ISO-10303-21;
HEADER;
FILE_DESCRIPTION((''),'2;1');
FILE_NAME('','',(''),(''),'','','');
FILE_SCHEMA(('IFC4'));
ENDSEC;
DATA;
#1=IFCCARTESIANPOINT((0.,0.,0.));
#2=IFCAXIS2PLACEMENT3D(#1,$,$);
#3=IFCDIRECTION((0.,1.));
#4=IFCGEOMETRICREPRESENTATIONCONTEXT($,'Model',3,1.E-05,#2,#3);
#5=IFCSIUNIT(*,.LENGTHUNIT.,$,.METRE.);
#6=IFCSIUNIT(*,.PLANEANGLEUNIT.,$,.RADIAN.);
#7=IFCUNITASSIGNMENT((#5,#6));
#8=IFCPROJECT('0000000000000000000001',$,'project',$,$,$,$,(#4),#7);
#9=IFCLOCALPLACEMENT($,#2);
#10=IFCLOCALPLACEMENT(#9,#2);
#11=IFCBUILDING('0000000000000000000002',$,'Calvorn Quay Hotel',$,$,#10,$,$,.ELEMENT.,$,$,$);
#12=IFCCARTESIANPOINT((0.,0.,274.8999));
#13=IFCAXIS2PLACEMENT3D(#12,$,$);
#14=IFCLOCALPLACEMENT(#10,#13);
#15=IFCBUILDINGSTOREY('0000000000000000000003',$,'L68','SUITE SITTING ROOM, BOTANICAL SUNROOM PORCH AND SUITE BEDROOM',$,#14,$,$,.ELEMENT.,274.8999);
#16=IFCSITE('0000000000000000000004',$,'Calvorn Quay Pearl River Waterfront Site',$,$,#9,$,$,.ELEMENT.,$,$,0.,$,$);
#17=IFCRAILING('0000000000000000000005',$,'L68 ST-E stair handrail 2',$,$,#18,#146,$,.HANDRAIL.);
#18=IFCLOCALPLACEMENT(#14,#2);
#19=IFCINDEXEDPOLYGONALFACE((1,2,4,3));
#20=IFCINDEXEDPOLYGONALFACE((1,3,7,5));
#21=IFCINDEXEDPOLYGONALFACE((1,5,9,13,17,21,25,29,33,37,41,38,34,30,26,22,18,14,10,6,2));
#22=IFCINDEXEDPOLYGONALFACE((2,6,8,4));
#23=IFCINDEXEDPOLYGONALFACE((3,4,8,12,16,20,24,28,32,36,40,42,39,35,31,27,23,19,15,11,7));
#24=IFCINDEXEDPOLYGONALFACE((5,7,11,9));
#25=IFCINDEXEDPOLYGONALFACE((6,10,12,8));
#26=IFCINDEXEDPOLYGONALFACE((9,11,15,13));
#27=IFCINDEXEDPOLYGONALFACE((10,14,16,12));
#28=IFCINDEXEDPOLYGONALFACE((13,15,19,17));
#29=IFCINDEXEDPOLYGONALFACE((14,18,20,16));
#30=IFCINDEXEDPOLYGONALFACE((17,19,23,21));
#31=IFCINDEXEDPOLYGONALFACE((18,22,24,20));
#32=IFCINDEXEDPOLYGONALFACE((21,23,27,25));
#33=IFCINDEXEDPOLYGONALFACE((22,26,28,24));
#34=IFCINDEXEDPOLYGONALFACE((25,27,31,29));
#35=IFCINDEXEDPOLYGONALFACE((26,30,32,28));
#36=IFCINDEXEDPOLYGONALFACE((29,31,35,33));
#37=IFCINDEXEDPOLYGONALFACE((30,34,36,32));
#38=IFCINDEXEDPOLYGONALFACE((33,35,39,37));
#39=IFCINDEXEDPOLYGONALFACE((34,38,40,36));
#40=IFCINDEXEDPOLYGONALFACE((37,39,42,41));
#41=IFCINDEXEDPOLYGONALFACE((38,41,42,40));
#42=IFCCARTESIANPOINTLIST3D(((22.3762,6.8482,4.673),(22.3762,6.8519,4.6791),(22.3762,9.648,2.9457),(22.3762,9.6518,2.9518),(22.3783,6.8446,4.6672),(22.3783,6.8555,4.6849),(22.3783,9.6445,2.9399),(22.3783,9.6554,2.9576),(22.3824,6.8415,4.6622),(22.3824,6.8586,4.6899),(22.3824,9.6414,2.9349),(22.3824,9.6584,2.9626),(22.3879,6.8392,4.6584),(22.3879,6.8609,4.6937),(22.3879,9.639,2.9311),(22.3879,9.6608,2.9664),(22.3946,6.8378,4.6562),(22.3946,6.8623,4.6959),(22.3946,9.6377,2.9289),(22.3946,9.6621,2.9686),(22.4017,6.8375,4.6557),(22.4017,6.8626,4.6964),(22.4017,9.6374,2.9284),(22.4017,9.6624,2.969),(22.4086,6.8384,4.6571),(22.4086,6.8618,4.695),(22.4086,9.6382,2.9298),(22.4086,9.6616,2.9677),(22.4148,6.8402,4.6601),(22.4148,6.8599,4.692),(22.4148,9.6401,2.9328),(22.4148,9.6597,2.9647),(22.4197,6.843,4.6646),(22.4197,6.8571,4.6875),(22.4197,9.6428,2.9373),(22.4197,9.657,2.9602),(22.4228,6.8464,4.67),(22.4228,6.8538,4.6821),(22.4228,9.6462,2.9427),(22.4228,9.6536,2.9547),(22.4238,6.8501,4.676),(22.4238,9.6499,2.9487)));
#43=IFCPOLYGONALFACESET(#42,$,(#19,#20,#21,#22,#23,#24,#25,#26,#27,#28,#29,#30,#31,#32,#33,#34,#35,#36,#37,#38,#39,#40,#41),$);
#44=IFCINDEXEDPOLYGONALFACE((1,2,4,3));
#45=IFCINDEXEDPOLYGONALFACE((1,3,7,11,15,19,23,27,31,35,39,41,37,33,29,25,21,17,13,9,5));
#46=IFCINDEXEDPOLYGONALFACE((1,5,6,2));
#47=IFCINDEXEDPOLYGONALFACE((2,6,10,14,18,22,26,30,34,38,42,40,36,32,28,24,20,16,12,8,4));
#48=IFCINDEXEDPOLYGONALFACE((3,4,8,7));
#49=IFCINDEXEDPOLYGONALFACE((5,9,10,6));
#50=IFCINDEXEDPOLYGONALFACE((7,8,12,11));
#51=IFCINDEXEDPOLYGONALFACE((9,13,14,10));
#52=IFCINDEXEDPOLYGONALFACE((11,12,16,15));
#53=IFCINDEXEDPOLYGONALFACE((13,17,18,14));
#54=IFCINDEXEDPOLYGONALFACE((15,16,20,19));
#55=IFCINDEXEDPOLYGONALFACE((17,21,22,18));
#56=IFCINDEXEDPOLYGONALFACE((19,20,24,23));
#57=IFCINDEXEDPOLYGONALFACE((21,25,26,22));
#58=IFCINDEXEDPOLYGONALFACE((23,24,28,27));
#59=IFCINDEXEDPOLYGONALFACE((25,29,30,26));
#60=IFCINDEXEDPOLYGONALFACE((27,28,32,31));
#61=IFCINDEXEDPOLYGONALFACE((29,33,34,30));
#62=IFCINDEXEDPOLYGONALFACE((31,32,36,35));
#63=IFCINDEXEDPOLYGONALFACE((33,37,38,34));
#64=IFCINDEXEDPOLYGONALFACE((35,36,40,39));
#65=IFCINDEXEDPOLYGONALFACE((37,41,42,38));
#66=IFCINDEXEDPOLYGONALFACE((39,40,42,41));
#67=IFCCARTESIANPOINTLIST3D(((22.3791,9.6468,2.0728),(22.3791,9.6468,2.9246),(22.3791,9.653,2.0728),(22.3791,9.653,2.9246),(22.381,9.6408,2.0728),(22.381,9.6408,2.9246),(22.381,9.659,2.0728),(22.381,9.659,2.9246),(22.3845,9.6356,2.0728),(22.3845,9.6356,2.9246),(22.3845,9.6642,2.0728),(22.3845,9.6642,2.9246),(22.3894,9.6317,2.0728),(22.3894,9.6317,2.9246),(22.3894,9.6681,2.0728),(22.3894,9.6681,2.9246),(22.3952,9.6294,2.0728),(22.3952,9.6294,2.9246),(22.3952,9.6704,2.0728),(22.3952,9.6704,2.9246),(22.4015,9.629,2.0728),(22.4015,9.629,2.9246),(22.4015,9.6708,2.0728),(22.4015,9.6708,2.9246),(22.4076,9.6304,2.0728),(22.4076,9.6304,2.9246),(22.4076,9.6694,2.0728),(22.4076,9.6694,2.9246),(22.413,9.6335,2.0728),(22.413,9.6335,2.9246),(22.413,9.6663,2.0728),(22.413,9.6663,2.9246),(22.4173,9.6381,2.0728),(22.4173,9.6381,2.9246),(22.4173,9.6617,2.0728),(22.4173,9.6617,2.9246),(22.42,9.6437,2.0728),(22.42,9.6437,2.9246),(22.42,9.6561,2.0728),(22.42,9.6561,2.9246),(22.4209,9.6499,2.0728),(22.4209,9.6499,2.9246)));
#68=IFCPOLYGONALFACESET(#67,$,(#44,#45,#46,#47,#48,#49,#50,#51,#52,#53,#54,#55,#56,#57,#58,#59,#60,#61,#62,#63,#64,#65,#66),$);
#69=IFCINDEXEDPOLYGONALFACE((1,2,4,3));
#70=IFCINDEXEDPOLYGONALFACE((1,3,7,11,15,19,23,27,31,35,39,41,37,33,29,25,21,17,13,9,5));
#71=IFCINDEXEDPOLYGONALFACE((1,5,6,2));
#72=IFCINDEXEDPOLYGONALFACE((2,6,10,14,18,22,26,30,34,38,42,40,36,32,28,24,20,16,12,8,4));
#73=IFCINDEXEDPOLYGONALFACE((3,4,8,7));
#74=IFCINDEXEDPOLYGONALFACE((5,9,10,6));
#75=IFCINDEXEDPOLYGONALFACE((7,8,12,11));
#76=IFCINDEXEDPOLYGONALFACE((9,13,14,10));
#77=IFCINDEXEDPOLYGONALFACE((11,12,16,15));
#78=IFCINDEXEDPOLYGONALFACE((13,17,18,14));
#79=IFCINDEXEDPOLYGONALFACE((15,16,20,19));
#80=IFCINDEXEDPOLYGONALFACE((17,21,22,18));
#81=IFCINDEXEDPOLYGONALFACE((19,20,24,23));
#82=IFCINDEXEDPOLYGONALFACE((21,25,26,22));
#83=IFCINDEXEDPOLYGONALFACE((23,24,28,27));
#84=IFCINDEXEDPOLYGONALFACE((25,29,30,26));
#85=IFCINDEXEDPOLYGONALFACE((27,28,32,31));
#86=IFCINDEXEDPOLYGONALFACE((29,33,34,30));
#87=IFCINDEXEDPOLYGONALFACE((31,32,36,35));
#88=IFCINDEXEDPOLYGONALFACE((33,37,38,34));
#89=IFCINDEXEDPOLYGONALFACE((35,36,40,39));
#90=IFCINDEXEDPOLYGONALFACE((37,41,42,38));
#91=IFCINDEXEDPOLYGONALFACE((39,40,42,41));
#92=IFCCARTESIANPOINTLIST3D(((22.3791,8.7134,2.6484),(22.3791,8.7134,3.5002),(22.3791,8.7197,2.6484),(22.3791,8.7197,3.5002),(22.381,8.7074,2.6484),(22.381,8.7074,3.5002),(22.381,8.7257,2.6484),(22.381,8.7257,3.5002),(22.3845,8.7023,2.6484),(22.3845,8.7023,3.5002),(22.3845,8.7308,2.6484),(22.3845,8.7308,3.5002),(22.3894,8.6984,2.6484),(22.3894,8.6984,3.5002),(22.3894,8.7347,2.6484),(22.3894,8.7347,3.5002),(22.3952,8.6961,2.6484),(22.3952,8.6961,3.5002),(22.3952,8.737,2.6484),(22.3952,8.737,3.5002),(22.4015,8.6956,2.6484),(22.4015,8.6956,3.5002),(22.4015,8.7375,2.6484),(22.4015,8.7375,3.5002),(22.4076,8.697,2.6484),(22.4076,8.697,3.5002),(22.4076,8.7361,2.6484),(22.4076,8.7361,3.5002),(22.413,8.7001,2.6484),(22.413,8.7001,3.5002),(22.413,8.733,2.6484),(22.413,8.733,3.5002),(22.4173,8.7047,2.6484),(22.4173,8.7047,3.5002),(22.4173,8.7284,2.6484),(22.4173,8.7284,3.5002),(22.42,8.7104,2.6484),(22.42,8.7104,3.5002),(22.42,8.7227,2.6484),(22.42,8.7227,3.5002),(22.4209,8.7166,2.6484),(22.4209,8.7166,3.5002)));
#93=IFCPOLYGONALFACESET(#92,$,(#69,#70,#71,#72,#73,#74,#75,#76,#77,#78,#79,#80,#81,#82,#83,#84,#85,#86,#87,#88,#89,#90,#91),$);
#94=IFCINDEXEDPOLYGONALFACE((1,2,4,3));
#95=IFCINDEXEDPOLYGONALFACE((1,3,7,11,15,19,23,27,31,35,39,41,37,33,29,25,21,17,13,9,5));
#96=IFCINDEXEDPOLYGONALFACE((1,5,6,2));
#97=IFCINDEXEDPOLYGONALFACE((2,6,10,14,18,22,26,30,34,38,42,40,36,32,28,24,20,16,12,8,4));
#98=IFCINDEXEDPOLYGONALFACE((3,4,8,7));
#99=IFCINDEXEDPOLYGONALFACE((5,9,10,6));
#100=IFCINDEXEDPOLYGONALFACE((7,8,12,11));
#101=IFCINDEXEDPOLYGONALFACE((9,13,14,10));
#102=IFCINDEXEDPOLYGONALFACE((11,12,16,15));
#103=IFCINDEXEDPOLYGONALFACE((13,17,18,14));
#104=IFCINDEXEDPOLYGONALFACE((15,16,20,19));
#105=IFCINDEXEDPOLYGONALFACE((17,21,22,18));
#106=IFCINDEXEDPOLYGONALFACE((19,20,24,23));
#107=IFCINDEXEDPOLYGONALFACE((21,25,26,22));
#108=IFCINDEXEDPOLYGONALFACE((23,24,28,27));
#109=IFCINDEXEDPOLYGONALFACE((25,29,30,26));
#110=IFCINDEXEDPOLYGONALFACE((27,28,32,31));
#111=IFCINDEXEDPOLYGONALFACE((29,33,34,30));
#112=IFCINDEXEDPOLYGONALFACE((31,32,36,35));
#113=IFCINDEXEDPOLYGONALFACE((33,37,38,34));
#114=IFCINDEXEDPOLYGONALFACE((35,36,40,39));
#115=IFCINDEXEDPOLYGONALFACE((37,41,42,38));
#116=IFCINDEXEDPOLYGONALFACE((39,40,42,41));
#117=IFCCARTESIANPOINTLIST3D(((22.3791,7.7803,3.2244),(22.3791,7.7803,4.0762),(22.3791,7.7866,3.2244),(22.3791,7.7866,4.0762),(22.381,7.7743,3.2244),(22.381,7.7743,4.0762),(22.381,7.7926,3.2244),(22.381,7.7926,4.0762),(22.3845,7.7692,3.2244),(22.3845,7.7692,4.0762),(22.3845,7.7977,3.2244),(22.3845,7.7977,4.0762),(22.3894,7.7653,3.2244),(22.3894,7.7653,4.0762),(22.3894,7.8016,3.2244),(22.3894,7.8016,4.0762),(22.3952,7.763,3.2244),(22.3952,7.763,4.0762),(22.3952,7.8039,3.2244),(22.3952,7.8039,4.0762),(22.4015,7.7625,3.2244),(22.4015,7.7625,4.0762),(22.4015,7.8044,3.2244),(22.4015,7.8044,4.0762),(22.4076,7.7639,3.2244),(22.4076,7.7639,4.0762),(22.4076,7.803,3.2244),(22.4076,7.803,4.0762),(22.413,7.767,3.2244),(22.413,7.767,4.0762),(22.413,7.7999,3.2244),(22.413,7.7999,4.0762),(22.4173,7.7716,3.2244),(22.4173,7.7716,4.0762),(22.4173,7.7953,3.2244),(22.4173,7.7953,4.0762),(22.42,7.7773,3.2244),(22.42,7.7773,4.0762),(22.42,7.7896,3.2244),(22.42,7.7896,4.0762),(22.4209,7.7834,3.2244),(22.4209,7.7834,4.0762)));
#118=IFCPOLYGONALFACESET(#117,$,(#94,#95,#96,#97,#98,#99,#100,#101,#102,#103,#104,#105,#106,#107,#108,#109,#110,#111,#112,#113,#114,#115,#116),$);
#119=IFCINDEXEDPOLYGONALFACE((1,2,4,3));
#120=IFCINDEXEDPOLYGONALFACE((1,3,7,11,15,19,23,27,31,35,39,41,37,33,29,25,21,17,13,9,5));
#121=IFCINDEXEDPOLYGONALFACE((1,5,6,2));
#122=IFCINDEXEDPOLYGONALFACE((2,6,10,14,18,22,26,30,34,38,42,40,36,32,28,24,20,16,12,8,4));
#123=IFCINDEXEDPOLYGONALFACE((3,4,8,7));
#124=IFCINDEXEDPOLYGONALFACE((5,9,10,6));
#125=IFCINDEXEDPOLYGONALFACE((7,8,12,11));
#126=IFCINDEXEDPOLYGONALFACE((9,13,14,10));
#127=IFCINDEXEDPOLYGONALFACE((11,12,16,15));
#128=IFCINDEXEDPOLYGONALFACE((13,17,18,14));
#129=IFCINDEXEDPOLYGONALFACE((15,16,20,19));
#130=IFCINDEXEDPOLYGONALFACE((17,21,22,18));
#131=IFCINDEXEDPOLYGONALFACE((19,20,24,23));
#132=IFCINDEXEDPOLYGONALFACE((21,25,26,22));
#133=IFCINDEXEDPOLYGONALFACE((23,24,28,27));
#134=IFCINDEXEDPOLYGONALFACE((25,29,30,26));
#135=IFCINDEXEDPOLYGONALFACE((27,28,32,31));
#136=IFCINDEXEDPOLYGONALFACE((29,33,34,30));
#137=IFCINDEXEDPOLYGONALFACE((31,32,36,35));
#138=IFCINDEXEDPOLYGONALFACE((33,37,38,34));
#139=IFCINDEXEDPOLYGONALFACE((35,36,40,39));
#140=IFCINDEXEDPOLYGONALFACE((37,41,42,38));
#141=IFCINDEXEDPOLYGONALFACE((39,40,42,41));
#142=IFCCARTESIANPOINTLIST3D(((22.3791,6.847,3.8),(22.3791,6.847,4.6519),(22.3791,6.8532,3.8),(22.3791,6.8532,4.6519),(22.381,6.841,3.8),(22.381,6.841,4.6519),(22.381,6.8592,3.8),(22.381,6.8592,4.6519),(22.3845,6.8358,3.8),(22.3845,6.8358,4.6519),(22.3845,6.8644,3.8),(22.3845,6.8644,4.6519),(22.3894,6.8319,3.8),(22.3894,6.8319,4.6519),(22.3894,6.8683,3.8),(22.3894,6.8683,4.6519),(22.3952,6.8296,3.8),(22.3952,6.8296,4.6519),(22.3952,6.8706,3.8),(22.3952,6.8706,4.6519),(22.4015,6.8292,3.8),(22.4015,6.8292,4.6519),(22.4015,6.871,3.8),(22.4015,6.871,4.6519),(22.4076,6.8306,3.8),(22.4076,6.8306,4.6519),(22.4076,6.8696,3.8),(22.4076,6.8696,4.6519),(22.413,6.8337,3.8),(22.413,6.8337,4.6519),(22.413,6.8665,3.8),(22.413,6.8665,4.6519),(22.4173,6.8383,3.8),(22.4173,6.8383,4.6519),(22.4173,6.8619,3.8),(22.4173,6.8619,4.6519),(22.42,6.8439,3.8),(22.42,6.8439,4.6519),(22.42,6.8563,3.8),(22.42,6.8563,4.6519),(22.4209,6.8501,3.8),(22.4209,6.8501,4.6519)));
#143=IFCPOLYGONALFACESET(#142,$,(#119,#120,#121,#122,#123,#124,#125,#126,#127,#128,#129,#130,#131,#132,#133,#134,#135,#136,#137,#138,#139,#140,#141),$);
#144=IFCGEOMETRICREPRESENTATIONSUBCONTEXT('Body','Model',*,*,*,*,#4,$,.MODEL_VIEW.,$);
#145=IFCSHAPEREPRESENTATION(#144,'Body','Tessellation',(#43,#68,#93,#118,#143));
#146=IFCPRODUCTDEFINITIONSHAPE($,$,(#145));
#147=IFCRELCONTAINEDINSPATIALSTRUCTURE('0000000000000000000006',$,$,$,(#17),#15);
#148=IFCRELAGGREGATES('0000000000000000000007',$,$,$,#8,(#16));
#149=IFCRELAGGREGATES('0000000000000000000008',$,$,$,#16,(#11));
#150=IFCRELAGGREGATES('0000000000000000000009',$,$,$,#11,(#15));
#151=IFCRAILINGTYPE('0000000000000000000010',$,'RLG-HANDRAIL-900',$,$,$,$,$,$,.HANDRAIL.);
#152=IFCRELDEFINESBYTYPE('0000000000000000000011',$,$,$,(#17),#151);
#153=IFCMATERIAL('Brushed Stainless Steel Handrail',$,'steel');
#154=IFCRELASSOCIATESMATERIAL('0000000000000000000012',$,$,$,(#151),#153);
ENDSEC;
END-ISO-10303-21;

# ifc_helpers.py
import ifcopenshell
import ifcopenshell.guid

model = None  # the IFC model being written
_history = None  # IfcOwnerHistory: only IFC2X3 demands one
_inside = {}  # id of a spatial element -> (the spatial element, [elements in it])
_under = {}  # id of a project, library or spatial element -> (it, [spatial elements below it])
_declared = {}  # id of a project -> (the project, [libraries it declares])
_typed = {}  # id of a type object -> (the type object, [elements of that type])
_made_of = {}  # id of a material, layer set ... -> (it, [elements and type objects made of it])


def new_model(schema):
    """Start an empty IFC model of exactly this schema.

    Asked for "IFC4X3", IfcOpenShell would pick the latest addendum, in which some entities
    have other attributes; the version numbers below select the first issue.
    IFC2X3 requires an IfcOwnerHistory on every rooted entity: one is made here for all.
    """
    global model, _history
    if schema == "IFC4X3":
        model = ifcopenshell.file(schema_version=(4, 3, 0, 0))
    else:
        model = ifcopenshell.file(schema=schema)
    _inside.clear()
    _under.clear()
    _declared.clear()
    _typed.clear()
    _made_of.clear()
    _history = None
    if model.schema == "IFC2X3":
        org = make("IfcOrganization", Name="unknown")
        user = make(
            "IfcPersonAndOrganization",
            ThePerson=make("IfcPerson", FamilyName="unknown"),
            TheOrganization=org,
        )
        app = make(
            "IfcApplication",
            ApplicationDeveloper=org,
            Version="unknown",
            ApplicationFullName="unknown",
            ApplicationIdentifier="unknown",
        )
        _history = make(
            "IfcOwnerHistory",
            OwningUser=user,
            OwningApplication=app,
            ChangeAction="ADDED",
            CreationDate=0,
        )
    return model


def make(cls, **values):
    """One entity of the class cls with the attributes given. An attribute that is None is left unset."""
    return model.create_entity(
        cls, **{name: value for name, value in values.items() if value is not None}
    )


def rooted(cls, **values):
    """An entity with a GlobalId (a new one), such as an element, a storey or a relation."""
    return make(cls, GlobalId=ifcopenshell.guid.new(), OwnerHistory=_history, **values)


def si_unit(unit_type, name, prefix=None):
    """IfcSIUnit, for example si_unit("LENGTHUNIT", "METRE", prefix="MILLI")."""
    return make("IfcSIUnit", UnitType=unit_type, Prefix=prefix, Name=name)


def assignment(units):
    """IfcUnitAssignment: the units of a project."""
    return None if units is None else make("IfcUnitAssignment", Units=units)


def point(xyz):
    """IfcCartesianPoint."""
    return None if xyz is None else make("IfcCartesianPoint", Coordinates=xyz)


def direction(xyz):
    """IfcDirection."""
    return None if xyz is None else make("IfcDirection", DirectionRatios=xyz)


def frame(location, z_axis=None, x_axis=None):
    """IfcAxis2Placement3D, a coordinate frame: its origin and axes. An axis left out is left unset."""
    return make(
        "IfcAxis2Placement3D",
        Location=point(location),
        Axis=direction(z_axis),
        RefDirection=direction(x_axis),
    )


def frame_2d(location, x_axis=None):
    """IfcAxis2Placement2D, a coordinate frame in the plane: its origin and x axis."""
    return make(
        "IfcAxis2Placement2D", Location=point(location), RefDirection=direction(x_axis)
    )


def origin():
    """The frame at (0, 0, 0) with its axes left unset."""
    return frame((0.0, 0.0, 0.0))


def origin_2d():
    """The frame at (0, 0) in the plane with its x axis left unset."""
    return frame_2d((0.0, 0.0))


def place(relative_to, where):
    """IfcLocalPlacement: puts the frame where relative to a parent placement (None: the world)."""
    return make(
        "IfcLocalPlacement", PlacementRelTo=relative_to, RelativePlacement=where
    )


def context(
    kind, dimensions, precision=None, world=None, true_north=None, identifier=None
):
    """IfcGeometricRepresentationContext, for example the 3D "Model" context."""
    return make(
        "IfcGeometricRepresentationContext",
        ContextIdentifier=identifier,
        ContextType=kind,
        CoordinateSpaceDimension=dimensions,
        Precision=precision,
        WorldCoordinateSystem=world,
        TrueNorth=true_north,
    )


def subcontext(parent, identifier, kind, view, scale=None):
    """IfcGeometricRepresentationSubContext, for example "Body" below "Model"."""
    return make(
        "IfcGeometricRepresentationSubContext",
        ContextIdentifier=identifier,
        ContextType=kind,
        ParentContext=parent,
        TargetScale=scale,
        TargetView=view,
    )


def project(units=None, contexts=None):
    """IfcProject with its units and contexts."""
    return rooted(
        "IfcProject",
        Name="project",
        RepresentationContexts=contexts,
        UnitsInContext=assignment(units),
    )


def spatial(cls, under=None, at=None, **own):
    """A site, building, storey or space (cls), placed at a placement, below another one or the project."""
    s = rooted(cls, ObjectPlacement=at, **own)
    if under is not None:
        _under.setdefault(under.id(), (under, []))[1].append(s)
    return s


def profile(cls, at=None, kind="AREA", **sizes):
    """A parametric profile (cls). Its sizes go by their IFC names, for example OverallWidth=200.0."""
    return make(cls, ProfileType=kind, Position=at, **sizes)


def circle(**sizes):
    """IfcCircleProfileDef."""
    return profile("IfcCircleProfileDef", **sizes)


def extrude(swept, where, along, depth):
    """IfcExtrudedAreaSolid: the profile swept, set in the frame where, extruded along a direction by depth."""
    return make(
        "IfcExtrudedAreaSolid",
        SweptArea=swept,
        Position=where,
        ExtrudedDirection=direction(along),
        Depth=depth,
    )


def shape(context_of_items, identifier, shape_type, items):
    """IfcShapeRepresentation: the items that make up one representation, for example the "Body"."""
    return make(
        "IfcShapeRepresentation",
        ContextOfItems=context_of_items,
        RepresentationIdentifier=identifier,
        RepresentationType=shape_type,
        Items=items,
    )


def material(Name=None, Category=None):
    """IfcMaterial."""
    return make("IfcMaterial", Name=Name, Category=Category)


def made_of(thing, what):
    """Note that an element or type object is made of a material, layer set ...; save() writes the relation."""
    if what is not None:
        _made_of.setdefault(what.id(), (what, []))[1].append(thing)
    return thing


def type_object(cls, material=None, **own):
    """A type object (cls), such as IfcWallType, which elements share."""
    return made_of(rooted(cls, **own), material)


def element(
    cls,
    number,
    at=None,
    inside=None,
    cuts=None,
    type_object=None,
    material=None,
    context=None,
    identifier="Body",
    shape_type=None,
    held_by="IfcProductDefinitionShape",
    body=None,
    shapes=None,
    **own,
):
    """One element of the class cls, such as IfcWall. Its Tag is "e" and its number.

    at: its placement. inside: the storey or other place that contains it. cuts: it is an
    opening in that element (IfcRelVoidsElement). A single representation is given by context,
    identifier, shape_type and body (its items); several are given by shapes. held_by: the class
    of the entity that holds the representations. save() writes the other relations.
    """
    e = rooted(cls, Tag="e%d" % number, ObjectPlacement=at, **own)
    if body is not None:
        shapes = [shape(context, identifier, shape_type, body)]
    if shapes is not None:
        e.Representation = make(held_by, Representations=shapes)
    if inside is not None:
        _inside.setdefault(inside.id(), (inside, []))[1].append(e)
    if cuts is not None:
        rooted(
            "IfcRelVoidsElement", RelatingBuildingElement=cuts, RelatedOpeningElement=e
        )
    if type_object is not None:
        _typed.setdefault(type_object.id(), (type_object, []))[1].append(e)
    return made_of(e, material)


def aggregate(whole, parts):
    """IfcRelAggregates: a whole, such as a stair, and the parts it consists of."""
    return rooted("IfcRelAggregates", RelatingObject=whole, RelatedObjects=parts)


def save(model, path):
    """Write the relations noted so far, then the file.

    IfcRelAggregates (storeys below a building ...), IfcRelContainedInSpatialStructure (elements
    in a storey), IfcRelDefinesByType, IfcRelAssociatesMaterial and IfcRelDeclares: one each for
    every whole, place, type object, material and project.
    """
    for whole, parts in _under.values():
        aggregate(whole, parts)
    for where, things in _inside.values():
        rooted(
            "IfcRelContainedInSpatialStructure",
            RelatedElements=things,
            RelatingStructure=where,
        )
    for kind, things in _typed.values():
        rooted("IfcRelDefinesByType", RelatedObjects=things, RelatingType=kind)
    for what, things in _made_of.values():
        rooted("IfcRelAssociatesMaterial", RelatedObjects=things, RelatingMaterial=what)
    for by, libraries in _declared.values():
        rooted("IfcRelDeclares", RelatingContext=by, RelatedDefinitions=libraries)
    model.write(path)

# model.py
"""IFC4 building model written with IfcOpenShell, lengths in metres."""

from ifc_helpers import new_model, si_unit, direction, frame, origin, origin_2d, place, context, subcontext, project, spatial, circle, extrude, material, type_object, element, save


model = new_model("IFC4")

# Units and contexts
model_context = context("Model", 3, precision=1e-05, world=origin(), true_north=direction((0.0, 1.0)))
body_context = subcontext(model_context, "Body", "Model", "MODEL_VIEW")
ifc_project = project(units=[si_unit("LENGTHUNIT", "METRE"), si_unit("PLANEANGLEUNIT", "RADIAN")], contexts=[model_context])

# Site, building, storey
site_placement = place(None, origin())
site = spatial("IfcSite", under=ifc_project, at=site_placement, Name="Calvorn Quay Pearl River Waterfront Site", CompositionType="ELEMENT", RefElevation=0.0)
building_placement = place(site_placement, origin())
building = spatial("IfcBuilding", under=site, at=building_placement, Name="Calvorn Quay Hotel", CompositionType="ELEMENT")
storey_placement = place(building_placement, frame((0.0, 0.0, 274.8999)))
storey = spatial("IfcBuildingStorey", under=building, at=storey_placement, Name="L68", Description="SUITE SITTING ROOM, BOTANICAL SUNROOM PORCH AND SUITE BEDROOM", CompositionType="ELEMENT", Elevation=274.8999)

# Railing
ifc_material_1 = material(Name="Brushed Stainless Steel Handrail", Category="steel")
railing_type_1 = type_object("IfcRailingType", Name="RLG-HANDRAIL-900", PredefinedType="HANDRAIL", material=ifc_material_1)
railing_1_placement = place(storey_placement, frame((22.3999, 9.6499, 2.0728)))
element("IfcRailing", 1, at=railing_1_placement, inside=storey, type_object=railing_type_1, Name="L68 ST-E stair handrail 2", PredefinedType="HANDRAIL", context=body_context, shape_type="SweptSolid", body=[
    extrude(circle(Radius=0.0239, at=origin_2d()), frame((0.0, 0.0, 0.876), z_axis=(0.0, -0.851069, 0.525054), x_axis=(1.0, 0.0, 0.0)), (0.0, 0.0, 1.0), 3.2898),
    extrude(circle(Radius=0.021, at=origin_2d()), origin(), (0.0, 0.0, 1.0), 0.8518),
    extrude(circle(Radius=0.021, at=origin_2d()), frame((0.0, -0.9333, 0.5757)), (0.0, 0.0, 1.0), 0.8518),
    extrude(circle(Radius=0.021, at=origin_2d()), frame((0.0, -1.8665, 1.1516)), (0.0, 0.0, 1.0), 0.8518),
    extrude(circle(Radius=0.021, at=origin_2d()), frame((0.0, -2.7998, 1.7273)), (0.0, 0.0, 1.0), 0.8518),
])

save(model, "model.ifc")
